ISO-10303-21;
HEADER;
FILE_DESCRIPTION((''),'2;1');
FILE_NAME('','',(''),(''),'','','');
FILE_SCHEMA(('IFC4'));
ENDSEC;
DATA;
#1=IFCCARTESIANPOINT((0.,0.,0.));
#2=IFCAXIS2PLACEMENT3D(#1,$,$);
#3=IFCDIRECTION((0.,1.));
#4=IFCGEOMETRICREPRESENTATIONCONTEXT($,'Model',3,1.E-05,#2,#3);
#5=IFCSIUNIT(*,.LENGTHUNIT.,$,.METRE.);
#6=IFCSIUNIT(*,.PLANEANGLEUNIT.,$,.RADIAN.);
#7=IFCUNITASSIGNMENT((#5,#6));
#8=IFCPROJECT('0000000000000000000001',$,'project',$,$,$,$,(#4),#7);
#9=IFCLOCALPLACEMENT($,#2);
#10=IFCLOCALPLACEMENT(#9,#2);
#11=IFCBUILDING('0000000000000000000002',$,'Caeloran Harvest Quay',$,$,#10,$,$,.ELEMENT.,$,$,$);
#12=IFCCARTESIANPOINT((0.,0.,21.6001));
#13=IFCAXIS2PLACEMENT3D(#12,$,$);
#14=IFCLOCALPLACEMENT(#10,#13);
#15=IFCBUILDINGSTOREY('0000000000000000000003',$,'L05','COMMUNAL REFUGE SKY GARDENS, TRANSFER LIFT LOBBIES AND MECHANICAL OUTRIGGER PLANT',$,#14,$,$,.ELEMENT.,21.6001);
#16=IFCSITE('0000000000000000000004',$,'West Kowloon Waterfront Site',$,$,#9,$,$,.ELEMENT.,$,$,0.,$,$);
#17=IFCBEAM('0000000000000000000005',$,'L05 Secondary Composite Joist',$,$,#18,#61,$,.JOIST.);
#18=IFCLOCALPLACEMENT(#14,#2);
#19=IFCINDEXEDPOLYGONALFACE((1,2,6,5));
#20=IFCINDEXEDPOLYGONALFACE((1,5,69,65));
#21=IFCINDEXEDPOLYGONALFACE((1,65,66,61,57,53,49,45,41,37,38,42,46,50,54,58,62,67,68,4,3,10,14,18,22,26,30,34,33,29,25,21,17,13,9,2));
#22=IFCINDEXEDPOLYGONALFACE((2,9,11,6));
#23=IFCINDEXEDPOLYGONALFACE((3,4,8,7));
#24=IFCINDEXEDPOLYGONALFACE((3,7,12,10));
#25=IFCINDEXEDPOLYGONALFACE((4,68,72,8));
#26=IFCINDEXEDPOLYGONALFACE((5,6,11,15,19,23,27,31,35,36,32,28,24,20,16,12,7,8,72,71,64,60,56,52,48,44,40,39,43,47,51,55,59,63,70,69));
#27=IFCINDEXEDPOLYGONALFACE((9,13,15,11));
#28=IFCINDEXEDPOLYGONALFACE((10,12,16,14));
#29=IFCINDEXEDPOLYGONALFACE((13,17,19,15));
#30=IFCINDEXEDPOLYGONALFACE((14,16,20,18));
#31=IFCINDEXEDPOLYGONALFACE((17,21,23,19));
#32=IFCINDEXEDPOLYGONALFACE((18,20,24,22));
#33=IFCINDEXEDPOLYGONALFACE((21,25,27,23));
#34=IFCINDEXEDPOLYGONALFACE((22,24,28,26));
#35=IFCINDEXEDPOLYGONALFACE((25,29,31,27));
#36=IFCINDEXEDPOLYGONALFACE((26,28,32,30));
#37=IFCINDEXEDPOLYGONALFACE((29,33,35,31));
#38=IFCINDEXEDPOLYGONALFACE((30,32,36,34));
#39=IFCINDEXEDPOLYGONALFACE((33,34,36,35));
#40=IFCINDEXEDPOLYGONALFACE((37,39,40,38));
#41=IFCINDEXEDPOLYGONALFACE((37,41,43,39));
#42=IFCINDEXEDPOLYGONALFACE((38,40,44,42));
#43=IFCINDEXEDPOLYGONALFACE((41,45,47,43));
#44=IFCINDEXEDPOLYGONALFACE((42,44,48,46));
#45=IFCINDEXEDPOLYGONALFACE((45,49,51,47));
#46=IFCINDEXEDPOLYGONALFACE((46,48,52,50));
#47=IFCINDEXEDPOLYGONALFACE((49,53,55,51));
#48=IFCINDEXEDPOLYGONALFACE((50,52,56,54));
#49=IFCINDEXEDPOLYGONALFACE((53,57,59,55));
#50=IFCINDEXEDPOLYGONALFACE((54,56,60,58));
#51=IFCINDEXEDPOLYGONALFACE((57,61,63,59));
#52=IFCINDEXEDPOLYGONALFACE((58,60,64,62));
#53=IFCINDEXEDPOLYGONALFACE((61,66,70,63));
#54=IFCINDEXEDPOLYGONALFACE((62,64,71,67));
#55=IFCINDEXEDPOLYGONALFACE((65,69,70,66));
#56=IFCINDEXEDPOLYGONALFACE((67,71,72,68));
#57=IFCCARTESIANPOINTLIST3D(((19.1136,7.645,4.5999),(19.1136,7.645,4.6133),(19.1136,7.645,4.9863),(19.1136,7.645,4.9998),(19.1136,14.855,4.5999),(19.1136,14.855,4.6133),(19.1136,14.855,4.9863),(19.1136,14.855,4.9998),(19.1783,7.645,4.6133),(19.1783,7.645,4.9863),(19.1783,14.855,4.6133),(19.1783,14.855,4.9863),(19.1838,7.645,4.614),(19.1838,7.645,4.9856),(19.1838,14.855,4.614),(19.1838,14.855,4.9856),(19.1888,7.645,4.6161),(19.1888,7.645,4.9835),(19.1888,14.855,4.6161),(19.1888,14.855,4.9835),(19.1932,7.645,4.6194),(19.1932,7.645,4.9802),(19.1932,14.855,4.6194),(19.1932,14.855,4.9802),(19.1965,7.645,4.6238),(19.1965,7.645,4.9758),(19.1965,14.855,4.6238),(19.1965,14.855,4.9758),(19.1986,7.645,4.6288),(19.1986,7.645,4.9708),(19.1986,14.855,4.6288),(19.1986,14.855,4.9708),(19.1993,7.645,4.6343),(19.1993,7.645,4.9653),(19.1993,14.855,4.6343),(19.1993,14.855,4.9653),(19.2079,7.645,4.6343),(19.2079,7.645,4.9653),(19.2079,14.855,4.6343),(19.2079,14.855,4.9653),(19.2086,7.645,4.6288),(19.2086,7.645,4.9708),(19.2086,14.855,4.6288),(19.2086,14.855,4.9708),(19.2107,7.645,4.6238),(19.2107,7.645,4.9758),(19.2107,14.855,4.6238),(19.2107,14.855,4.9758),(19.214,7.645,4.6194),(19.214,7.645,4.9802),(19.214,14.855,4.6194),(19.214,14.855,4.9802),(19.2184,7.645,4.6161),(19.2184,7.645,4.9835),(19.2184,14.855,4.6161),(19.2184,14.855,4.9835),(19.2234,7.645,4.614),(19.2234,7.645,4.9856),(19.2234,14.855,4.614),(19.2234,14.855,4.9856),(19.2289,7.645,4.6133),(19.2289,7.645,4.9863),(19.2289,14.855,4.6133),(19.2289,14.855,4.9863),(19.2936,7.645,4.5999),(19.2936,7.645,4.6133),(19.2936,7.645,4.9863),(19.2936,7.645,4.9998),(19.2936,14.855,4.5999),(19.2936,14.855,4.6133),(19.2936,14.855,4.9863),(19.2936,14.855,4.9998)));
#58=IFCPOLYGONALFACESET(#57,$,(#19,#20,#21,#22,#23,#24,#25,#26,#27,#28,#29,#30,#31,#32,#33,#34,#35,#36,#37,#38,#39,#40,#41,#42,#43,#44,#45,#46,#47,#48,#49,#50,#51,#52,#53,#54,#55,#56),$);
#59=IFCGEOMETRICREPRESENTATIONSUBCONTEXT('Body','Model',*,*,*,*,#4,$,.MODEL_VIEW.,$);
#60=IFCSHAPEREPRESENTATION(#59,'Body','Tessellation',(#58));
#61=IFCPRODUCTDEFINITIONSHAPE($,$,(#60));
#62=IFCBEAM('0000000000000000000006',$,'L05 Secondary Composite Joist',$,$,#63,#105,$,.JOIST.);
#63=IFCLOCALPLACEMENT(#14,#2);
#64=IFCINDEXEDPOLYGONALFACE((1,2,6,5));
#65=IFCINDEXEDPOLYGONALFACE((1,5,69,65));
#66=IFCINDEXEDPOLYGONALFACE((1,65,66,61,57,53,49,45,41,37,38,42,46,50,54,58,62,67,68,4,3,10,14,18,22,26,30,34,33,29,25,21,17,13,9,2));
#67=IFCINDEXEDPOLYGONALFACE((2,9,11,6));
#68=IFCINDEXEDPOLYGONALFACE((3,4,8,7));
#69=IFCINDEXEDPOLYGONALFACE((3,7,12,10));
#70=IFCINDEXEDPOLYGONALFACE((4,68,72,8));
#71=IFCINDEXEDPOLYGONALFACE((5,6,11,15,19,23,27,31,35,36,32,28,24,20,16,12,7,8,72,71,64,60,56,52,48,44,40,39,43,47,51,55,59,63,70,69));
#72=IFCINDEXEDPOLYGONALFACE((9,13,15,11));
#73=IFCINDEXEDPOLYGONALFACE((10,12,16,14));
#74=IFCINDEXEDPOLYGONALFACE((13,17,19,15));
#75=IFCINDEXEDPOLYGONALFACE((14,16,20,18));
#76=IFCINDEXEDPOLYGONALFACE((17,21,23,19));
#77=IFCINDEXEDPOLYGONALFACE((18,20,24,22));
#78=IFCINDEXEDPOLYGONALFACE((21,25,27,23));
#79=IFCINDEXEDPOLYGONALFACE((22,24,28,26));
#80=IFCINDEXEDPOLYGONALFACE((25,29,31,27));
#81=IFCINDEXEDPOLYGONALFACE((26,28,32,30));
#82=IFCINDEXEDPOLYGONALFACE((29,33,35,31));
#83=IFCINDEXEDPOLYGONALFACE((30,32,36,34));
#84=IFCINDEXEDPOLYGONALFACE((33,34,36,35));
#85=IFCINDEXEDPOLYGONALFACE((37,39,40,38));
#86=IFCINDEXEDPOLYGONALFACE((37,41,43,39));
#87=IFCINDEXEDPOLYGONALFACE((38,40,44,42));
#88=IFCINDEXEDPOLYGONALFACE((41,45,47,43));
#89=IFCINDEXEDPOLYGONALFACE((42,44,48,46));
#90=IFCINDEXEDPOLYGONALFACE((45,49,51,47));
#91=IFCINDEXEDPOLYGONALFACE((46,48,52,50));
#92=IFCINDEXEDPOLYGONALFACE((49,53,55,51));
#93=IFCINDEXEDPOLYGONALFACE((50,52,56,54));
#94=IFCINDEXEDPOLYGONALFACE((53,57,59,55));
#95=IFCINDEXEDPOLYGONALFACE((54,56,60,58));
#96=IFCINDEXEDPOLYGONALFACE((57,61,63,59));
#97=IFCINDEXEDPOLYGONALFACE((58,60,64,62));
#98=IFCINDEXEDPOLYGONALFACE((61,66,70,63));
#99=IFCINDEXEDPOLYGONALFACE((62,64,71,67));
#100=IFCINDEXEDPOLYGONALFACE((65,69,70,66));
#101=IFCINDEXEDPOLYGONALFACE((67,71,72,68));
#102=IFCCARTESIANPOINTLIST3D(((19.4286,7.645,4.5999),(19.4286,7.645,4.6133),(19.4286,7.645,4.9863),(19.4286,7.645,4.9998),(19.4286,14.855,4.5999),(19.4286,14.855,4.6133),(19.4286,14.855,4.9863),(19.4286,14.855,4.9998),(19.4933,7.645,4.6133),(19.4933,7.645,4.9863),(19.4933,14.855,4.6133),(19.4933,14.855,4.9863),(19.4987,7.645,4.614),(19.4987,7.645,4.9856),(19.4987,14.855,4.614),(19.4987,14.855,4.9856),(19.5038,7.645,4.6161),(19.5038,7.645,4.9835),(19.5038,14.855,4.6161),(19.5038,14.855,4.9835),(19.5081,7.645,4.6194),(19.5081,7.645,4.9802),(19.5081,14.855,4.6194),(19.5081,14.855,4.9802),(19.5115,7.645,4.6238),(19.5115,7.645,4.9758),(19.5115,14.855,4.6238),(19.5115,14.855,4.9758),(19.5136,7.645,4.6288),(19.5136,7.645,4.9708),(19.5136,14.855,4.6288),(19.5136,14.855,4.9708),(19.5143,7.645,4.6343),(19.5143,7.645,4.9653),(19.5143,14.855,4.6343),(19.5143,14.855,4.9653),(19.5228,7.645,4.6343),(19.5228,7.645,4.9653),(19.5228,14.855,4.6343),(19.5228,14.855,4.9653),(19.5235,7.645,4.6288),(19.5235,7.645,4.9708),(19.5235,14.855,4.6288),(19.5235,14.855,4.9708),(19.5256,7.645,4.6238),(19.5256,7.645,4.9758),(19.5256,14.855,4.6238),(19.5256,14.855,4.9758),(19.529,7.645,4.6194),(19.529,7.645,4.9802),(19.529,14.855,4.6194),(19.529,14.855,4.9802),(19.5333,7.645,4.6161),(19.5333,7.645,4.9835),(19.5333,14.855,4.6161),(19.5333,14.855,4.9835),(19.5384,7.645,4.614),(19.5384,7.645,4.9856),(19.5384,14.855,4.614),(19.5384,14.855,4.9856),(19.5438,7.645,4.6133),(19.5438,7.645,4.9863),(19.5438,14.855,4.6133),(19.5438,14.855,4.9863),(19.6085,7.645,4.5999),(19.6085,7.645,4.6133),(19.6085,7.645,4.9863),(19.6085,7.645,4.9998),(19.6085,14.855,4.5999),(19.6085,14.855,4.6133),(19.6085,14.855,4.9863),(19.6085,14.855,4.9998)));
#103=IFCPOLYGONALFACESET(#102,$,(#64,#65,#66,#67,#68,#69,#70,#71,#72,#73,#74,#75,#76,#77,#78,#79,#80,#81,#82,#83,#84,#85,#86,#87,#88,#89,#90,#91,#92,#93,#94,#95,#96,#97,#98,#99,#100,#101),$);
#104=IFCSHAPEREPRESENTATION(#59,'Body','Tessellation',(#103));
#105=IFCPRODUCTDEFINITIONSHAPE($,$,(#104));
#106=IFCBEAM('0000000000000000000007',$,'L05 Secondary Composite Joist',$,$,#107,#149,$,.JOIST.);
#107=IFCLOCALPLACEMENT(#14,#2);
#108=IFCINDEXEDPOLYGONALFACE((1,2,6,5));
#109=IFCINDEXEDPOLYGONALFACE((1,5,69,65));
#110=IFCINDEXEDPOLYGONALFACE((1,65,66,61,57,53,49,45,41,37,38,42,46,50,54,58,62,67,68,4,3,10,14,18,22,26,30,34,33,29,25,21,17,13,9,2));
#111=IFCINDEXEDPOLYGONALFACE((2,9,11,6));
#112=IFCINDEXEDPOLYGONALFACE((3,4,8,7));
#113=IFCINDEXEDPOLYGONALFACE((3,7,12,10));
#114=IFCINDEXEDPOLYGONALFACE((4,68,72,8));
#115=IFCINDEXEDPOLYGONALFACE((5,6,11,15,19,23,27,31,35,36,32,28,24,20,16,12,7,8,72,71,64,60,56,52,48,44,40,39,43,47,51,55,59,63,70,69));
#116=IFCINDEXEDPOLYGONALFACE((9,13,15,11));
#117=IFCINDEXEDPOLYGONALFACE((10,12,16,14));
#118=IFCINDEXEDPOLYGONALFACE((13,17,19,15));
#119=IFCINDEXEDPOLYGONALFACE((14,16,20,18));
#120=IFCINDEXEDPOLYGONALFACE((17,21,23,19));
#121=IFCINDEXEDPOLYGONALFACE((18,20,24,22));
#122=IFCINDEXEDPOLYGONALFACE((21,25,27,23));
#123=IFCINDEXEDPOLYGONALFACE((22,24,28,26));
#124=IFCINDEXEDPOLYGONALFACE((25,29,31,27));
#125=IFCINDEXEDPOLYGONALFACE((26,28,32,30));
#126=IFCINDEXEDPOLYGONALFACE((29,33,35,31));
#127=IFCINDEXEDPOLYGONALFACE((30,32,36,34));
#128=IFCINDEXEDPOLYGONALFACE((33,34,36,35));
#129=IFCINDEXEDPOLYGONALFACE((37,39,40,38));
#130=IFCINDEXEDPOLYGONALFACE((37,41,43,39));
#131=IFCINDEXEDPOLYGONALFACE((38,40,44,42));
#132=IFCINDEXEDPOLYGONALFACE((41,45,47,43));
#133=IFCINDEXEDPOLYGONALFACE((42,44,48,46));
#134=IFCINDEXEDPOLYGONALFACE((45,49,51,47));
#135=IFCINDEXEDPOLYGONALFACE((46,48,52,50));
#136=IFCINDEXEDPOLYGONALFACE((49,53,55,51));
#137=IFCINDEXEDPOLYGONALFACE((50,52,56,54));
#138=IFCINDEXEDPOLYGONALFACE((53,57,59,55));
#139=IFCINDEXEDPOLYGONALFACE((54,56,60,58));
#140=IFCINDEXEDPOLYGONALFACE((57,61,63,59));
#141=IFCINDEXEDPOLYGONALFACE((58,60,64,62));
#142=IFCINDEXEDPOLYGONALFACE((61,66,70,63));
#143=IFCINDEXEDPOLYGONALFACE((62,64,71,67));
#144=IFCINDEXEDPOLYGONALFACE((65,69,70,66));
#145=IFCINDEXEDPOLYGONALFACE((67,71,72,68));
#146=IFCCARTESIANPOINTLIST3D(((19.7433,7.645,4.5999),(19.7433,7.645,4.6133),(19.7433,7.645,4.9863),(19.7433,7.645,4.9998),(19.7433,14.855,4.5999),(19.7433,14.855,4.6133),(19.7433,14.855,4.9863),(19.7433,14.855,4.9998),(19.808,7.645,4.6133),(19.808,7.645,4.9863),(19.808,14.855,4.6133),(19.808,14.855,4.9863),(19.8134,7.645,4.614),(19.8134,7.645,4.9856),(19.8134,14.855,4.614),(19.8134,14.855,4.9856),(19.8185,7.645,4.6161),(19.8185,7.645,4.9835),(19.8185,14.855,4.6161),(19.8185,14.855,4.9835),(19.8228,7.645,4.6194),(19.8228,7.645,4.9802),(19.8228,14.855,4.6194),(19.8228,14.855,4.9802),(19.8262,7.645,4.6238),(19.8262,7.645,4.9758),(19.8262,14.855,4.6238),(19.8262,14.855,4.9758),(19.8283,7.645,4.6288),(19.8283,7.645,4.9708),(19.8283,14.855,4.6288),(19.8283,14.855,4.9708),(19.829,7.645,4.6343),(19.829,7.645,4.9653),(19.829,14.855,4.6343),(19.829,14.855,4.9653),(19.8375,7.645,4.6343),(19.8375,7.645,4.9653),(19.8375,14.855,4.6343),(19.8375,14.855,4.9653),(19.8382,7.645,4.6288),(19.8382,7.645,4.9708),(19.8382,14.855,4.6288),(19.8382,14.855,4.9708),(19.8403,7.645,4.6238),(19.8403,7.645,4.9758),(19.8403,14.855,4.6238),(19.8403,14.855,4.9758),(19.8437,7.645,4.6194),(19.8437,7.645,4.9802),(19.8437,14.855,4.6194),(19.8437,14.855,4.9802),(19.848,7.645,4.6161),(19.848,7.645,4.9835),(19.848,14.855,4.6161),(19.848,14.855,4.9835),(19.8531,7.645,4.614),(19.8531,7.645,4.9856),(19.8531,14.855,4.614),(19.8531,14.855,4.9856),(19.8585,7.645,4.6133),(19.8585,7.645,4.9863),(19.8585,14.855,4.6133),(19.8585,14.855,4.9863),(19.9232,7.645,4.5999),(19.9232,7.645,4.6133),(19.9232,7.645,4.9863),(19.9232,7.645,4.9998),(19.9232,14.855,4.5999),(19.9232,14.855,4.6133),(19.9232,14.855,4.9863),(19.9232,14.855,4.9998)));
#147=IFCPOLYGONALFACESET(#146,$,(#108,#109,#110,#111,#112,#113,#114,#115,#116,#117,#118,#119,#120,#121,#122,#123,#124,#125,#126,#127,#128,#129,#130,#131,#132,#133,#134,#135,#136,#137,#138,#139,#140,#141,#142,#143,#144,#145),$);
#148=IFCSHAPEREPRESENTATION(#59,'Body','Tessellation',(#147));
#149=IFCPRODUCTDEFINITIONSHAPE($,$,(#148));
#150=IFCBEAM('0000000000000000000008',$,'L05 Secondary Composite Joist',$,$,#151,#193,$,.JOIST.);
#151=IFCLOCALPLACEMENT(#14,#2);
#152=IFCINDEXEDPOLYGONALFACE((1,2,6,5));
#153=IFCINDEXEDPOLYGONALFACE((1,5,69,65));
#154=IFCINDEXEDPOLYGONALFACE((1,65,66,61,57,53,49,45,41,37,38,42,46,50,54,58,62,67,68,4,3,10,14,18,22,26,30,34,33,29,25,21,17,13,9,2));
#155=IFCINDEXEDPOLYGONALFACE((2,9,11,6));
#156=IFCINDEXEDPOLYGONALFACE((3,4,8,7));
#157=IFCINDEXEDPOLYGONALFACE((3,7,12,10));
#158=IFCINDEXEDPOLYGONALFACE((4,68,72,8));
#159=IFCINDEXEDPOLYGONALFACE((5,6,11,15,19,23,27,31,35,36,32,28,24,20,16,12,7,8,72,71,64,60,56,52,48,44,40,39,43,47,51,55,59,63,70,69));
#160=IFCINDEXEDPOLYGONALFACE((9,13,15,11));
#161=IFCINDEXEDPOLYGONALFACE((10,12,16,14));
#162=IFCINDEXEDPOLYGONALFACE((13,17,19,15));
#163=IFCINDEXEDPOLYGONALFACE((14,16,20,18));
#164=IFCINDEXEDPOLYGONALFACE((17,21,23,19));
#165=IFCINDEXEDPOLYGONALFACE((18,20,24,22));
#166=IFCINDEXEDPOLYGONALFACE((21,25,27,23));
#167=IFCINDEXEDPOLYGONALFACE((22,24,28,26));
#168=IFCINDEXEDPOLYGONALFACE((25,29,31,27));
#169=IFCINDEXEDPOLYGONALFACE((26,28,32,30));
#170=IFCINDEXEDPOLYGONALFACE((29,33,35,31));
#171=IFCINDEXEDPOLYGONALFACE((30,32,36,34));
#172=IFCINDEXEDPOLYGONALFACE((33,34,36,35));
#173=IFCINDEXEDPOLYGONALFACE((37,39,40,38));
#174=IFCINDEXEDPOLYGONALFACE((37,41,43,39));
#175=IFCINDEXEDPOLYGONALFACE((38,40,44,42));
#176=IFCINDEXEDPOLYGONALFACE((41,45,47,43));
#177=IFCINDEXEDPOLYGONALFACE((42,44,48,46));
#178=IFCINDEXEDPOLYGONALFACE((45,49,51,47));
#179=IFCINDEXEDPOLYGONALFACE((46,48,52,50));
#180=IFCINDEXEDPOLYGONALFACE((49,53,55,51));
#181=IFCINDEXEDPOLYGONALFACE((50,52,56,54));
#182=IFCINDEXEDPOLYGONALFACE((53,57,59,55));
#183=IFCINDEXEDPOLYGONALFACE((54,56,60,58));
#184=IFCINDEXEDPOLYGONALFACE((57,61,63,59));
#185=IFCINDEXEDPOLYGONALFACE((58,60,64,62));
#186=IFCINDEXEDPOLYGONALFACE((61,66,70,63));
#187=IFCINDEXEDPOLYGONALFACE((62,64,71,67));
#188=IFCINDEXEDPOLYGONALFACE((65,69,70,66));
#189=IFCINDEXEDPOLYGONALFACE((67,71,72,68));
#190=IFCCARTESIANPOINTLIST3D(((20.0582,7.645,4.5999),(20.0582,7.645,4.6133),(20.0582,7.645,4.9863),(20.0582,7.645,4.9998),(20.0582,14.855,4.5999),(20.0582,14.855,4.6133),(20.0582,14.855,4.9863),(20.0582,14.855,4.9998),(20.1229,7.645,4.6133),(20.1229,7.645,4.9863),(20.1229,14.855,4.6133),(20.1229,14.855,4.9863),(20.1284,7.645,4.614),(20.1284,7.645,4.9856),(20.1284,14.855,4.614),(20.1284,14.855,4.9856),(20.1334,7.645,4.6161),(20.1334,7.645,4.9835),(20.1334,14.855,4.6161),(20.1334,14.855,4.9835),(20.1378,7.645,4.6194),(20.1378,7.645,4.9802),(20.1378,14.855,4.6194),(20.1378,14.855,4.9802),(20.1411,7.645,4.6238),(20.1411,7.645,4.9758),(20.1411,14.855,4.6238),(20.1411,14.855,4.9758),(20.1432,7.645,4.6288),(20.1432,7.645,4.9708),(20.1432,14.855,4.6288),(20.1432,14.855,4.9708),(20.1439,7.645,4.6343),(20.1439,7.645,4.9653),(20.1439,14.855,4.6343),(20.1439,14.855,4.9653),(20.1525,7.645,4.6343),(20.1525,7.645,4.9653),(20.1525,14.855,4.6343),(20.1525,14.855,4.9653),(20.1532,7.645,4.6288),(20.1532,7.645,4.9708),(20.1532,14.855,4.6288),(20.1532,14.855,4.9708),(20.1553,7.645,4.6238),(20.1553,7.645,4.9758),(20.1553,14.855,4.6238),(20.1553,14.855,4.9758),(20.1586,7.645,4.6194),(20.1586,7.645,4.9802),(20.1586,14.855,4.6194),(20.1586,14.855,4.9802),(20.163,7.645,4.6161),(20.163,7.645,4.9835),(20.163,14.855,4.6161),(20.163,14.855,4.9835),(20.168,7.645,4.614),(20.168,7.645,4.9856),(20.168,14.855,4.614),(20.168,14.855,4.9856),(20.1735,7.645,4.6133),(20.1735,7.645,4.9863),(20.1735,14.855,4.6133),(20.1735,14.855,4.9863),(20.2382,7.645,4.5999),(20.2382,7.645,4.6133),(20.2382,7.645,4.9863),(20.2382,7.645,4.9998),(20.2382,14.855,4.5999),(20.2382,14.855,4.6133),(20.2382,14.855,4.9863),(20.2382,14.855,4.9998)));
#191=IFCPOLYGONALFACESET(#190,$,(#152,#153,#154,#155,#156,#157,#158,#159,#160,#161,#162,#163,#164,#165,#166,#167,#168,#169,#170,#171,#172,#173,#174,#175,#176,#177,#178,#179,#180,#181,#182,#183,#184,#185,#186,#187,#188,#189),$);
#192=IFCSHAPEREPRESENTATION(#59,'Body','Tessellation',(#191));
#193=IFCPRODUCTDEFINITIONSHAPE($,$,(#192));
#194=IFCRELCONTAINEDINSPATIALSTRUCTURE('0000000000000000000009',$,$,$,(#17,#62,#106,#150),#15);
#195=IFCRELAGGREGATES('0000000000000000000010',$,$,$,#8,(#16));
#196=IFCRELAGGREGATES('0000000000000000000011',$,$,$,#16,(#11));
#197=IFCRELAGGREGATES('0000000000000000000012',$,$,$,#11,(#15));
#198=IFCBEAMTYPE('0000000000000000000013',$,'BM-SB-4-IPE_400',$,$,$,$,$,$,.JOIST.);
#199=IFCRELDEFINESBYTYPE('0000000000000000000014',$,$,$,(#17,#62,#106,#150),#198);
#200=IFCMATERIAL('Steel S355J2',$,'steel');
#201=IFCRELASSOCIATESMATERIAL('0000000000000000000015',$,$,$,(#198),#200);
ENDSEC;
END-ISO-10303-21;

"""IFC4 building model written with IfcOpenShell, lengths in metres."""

from ifc_helpers import new_model, si_unit, direction, frame, origin, origin_2d, place, context, subcontext, project, spatial, i_section, extrude, material, material_profile, profile_set, type_object, element, save


model = new_model("IFC4")

# Units and contexts
model_context = context("Model", 3, precision=1e-05, world=origin(), true_north=direction((0.0, 1.0)))
body_context = subcontext(model_context, "Body", "Model", "MODEL_VIEW")
ifc_project = project(units=[si_unit("LENGTHUNIT", "METRE"), si_unit("PLANEANGLEUNIT", "RADIAN")], contexts=[model_context])

# Site, building, storey
site_placement = place(None, origin())
site = spatial("IfcSite", under=ifc_project, at=site_placement, Name="West Kowloon Waterfront Site", CompositionType="ELEMENT", RefElevation=0.0)
building_placement = place(site_placement, origin())
building = spatial("IfcBuilding", under=site, at=building_placement, Name="Caeloran Harvest Quay", CompositionType="ELEMENT")
storey_placement = place(building_placement, frame((0.0, 0.0, 21.6001)))
storey = spatial("IfcBuildingStorey", under=building, at=storey_placement, Name="L05", Description="COMMUNAL REFUGE SKY GARDENS, TRANSFER LIFT LOBBIES AND MECHANICAL OUTRIGGER PLANT", CompositionType="ELEMENT", Elevation=21.6001)

# Beams
ifc_material_1 = material(Name="Steel S355J2", Category="steel")
ifc_material_profile_1 = material_profile(ifc_material_1, i_section(OverallWidth=0.1799, OverallDepth=0.3999, WebThickness=0.0085, FlangeThickness=0.0134, FilletRadius=0.021, at=origin_2d()), Name="IPE 400")
ifc_profile_set_1 = profile_set([ifc_material_profile_1], Name="Steel S355J2")
beam_type_1 = type_object("IfcBeamType", Name="BM-SB-4-IPE_400", PredefinedType="JOIST", material=ifc_profile_set_1)
for number, where, z_axis, x_axis, name in (
    (1, (19.2036, 7.645, 4.7998), (0.0, 1.0, 0.0), (-1.0, 0.0, 0.0), "L05 Secondary Composite Joist"),
    (2, (19.5186, 7.645, 4.7998), (0.0, 1.0, 0.0), (-1.0, 0.0, 0.0), "L05 Secondary Composite Joist"),
    (3, (19.8333, 7.645, 4.7998), (0.0, 1.0, 0.0), (-1.0, 0.0, 0.0), "L05 Secondary Composite Joist"),
    (4, (20.1482, 7.645, 4.7998), (0.0, 1.0, 0.0), (-1.0, 0.0, 0.0), "L05 Secondary Composite Joist"),
):
    element("IfcBeam", number, at=place(storey_placement, frame(where, z_axis=z_axis, x_axis=x_axis)), inside=storey, type_object=beam_type_1, Name=name, PredefinedType="JOIST", context=body_context, shape_type="SweptSolid", body=[
        extrude(i_section(OverallWidth=0.1799, OverallDepth=0.3999, WebThickness=0.0085, FlangeThickness=0.0134, FilletRadius=0.021, at=origin_2d()), origin(), (0.0, 0.0, 1.0), 7.21),
    ])

save(model, "model.ifc")
